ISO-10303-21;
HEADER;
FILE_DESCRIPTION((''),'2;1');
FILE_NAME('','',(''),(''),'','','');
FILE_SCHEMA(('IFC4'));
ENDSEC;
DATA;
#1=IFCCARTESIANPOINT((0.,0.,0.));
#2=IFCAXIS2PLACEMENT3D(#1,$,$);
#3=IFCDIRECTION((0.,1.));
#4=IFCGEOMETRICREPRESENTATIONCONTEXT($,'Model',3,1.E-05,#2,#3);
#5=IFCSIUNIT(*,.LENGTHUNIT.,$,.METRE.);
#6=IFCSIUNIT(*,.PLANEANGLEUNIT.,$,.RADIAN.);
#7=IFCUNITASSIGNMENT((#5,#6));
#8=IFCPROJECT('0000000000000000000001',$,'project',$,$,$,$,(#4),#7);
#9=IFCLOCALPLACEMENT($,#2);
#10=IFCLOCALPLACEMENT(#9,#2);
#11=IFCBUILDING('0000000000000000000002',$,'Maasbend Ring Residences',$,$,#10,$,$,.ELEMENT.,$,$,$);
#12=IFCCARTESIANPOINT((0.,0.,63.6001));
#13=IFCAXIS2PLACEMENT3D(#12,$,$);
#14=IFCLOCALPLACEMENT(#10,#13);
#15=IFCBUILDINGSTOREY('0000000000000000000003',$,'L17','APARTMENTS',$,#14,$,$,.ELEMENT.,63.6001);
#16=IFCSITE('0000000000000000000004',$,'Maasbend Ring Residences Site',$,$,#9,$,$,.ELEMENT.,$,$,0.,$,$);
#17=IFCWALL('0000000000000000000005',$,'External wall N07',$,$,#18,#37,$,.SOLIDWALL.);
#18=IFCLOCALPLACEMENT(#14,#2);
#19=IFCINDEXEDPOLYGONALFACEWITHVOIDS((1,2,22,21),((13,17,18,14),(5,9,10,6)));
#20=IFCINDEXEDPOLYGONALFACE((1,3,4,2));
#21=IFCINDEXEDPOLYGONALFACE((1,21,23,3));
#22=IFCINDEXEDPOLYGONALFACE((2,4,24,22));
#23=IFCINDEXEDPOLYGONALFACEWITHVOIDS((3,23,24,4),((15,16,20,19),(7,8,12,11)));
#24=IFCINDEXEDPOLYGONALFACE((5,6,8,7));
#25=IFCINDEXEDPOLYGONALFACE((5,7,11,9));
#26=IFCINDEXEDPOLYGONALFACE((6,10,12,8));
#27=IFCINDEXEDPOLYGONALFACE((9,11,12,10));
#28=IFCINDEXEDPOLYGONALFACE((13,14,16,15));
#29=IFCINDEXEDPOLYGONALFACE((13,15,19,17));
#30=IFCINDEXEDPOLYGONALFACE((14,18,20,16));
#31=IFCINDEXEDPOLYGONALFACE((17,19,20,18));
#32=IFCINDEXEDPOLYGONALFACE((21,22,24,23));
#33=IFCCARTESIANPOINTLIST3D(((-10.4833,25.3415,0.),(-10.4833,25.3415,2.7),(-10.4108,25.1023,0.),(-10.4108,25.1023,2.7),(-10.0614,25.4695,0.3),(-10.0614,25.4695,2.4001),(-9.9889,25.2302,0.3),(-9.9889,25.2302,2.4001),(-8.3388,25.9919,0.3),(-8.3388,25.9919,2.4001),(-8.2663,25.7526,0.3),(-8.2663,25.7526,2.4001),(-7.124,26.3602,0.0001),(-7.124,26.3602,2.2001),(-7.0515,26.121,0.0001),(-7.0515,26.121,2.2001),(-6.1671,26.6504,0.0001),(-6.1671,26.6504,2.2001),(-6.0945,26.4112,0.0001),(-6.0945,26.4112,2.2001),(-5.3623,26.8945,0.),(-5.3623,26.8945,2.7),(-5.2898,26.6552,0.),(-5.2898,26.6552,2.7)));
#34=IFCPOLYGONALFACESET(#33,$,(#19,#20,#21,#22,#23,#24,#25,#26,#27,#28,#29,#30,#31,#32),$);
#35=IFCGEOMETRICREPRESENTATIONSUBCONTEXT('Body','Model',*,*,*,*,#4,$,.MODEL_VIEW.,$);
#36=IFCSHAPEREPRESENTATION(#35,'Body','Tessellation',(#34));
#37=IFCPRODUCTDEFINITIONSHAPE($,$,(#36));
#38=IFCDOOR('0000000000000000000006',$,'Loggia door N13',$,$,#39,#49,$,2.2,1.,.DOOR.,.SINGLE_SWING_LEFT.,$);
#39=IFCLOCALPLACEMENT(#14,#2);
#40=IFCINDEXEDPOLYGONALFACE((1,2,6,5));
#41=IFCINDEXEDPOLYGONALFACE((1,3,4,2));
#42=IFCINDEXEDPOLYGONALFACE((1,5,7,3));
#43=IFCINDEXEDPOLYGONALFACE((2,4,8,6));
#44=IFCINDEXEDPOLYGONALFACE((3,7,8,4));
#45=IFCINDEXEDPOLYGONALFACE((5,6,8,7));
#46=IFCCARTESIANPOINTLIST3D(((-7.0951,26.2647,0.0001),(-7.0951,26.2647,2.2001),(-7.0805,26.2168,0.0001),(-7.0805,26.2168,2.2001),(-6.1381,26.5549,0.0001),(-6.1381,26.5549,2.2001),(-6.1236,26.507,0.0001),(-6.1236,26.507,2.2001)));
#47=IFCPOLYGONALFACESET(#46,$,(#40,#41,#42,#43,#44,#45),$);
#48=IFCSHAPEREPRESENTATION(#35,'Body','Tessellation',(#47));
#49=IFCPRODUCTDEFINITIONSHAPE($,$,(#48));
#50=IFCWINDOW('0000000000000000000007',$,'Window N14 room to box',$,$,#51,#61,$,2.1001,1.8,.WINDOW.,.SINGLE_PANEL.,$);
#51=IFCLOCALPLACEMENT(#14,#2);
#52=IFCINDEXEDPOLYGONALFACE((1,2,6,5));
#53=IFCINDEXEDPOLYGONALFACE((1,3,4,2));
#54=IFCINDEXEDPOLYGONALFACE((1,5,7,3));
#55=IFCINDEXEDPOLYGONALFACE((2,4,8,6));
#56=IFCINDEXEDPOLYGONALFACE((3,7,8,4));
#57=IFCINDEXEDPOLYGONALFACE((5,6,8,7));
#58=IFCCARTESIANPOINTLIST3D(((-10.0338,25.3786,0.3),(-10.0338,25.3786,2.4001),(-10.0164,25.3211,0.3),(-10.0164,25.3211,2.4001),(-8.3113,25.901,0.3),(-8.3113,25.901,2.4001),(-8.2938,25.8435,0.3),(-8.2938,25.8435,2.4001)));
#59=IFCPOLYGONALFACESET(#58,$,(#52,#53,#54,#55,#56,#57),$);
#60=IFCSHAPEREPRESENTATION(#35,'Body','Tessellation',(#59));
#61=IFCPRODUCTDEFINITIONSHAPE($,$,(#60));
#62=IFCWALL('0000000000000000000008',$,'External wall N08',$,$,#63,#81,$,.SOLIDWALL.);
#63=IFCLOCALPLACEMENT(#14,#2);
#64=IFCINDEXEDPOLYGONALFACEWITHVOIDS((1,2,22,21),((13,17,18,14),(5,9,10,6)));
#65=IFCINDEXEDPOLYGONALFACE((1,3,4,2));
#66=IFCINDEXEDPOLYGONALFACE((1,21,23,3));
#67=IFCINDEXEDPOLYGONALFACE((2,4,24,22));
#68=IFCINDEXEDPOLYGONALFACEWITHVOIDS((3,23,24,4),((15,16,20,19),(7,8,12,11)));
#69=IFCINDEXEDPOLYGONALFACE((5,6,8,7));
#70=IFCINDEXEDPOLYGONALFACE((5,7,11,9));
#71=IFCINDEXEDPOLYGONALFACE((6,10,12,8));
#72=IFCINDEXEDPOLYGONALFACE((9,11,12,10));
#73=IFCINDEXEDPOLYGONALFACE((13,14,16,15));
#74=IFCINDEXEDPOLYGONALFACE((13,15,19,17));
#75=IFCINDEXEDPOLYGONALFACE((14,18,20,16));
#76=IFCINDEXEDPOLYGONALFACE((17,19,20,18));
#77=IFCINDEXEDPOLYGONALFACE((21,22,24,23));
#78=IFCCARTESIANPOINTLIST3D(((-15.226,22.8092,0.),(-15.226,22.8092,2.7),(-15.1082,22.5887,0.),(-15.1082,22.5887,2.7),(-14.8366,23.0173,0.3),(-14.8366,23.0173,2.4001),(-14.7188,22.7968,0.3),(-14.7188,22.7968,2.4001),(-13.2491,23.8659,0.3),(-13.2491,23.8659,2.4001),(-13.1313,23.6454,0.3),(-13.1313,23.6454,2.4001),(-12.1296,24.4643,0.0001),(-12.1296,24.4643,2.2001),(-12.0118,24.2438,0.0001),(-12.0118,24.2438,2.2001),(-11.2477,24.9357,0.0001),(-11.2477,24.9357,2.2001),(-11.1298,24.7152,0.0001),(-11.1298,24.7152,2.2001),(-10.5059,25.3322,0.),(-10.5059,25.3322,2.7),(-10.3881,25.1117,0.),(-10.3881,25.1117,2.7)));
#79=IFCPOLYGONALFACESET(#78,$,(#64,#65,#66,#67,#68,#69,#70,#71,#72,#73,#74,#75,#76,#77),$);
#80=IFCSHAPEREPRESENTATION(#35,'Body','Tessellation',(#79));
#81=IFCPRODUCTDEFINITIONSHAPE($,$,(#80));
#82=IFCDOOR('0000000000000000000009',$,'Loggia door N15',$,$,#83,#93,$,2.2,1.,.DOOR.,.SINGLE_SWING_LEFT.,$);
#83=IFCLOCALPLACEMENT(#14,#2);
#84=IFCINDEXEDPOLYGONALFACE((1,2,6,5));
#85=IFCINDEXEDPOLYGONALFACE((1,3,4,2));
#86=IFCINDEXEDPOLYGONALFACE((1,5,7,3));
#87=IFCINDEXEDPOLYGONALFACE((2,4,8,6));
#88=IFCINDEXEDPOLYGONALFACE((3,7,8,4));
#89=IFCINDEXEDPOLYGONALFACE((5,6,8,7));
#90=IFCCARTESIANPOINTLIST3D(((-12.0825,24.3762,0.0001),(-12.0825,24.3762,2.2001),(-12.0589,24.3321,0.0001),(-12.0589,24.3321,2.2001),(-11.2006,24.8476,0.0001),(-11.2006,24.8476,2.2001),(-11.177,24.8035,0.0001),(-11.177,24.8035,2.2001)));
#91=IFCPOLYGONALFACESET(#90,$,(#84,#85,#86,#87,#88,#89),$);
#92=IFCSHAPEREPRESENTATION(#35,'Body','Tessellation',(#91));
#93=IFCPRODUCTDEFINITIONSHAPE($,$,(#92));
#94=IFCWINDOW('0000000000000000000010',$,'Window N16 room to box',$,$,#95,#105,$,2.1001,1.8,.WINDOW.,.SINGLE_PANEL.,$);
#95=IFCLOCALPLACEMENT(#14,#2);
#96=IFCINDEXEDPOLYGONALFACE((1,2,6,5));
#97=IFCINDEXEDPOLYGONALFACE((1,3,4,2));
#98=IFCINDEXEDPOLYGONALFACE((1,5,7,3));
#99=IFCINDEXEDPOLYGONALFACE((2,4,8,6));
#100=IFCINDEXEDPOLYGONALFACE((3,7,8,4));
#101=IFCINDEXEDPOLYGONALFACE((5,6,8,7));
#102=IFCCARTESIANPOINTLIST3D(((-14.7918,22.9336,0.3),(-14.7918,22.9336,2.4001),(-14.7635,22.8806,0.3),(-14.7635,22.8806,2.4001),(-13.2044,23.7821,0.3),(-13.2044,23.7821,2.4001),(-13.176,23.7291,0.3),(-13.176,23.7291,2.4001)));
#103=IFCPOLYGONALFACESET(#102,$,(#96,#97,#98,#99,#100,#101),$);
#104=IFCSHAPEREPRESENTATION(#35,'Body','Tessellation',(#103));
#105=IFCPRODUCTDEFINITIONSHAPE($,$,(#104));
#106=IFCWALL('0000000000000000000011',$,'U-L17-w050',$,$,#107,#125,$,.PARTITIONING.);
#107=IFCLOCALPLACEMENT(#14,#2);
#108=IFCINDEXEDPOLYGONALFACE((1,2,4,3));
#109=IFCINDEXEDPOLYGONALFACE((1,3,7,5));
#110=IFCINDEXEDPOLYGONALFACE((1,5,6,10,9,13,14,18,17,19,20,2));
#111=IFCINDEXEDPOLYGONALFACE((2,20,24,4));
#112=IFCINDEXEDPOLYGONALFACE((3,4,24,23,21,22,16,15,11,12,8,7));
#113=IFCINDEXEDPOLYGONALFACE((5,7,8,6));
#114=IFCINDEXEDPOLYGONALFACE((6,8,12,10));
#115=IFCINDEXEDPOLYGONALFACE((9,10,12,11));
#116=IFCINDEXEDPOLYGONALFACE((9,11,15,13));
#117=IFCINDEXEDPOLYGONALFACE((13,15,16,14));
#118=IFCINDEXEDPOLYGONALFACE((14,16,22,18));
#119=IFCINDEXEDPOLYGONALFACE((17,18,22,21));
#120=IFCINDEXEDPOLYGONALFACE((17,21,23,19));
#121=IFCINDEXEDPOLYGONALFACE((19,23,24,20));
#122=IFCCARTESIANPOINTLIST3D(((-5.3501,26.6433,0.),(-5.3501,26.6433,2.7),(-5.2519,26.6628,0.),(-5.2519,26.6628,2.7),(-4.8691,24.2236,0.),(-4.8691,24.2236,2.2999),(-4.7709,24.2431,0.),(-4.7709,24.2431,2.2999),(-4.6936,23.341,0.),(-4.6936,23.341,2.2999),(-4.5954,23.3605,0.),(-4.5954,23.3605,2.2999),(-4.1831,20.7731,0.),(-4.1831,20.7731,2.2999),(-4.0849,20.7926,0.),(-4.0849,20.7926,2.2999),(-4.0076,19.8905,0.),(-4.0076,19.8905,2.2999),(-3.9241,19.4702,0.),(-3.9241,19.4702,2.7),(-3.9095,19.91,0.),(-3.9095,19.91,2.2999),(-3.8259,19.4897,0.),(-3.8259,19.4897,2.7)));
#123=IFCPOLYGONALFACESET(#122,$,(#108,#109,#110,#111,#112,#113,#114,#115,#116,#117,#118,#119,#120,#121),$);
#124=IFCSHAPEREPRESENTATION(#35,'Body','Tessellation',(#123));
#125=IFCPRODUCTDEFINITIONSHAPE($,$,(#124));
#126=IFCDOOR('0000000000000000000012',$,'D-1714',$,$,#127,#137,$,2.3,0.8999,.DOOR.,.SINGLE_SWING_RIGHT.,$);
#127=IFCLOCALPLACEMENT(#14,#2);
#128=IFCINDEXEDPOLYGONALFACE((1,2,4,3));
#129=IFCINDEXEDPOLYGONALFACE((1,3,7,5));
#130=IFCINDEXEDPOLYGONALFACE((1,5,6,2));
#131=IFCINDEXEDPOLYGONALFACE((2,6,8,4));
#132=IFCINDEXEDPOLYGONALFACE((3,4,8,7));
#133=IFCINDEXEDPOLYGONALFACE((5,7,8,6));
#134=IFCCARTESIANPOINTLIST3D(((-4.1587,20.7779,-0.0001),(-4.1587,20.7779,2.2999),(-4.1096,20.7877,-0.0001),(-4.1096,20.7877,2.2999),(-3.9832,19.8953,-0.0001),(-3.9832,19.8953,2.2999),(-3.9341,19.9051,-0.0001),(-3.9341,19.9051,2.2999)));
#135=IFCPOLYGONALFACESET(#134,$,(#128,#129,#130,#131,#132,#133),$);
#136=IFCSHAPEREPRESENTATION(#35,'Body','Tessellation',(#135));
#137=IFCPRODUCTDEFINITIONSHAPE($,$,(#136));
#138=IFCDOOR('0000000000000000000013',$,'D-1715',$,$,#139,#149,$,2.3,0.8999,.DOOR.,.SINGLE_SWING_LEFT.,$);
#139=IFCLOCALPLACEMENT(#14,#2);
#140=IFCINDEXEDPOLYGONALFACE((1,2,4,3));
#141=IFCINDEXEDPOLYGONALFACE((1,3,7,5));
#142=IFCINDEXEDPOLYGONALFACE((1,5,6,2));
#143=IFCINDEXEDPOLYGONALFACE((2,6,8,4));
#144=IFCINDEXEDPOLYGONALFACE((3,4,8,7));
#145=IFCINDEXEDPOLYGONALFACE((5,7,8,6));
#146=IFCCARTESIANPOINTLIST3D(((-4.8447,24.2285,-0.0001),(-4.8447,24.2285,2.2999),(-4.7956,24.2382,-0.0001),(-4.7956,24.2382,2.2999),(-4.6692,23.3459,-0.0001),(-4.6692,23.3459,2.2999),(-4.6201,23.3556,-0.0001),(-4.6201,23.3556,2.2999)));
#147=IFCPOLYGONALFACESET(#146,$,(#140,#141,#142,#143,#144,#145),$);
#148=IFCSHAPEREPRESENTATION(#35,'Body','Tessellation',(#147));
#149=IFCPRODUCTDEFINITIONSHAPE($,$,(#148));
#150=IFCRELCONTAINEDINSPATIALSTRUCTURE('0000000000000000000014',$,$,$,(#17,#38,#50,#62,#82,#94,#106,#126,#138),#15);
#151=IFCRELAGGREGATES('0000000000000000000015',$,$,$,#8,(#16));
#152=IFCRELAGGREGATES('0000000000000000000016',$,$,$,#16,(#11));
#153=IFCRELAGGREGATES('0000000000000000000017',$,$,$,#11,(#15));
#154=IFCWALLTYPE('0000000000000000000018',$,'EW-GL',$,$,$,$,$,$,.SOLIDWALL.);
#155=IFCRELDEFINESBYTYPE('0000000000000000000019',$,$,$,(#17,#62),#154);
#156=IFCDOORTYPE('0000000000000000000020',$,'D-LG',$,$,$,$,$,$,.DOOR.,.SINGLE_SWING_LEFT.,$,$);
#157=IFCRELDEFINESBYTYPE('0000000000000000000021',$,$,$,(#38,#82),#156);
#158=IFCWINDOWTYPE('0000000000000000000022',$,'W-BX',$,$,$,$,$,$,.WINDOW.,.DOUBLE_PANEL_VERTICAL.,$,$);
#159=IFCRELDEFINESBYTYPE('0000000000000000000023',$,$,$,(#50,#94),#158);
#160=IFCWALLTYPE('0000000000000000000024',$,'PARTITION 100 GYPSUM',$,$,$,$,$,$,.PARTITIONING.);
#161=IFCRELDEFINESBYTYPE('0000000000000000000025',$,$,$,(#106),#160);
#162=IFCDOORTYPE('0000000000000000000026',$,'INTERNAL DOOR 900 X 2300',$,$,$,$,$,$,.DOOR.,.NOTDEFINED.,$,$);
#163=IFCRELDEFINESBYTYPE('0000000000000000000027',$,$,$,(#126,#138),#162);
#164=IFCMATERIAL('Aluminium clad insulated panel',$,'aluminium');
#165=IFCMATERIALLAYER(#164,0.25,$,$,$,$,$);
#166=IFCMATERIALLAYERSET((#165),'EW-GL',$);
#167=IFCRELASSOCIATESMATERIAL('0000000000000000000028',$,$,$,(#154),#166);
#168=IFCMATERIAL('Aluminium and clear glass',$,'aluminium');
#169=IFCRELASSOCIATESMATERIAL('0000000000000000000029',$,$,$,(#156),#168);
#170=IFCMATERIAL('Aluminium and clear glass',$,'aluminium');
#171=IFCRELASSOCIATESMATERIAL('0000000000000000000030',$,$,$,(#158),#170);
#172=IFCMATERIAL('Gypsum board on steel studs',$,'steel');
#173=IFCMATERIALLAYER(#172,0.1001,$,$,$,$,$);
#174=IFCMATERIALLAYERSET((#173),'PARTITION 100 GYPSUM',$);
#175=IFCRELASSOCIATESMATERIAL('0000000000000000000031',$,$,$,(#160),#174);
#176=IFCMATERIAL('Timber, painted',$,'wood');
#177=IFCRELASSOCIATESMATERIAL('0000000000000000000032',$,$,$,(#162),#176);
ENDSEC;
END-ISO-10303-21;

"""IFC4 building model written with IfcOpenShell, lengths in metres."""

from ifc_helpers import new_model, si_unit, direction, frame, frame_2d, origin, place, context, subcontext, project, spatial, rectangle, extrude, material, layer, layer_set, type_object, element, fill, save


model = new_model("IFC4")

# Units and contexts
model_context = context("Model", 3, precision=1e-05, world=origin(), true_north=direction((0.0, 1.0)))
body_context = subcontext(model_context, "Body", "Model", "MODEL_VIEW")
ifc_project = project(units=[si_unit("LENGTHUNIT", "METRE"), si_unit("PLANEANGLEUNIT", "RADIAN")], contexts=[model_context])

# Site, building, storey
site_placement = place(None, origin())
site = spatial("IfcSite", under=ifc_project, at=site_placement, Name="Maasbend Ring Residences Site", CompositionType="ELEMENT", RefElevation=0.0)
building_placement = place(site_placement, origin())
building = spatial("IfcBuilding", under=site, at=building_placement, Name="Maasbend Ring Residences", CompositionType="ELEMENT")
storey_placement = place(building_placement, frame((0.0, 0.0, 63.6001)))
storey = spatial("IfcBuildingStorey", under=building, at=storey_placement, Name="L17", Description="APARTMENTS", CompositionType="ELEMENT", Elevation=63.6001)

# Walls, openings, doors, windows
ifc_material_1 = material(Name="Aluminium clad insulated panel", Category="aluminium")
ifc_layer_1 = layer(ifc_material_1, 0.25)
ifc_layer_set_1 = layer_set([ifc_layer_1], Name="EW-GL")
wall_type_1 = type_object("IfcWallType", Name="EW-GL", PredefinedType="SOLIDWALL", material=ifc_layer_set_1)
wall_1_placement = place(storey_placement, frame((-5.3259, 26.7749, 0.0), z_axis=(0.0, 0.0, 1.0), x_axis=(-0.956966, -0.290201, 0.0)))
wall_1 = element("IfcWall", 1, at=wall_1_placement, inside=storey, type_object=wall_type_1, Name="External wall N07", PredefinedType="SOLIDWALL", context=body_context, shape_type="SweptSolid", body=[
    extrude(rectangle(XDim=5.3513, YDim=0.25, at=frame_2d((2.6758, 0.0))), origin(), (0.0, 0.0, 1.0), 2.7),
])
opening_1_placement = place(wall_1_placement, frame((0.8411, 0.0, 0.0)))
opening_1 = element("IfcOpeningElement", 2, at=opening_1_placement, cuts=wall_1, PredefinedType="OPENING", context=body_context, shape_type="SweptSolid", body=[
    extrude(rectangle(XDim=1.0, YDim=2.2, at=frame_2d((0.5, 1.1001))), frame((0.0, 0.135, 0.0), z_axis=(0.0, -1.0, 0.0), x_axis=(1.0, 0.0, 0.0)), (0.0, 0.0, 1.0), 0.27),
])
opening_2_placement = place(wall_1_placement, frame((3.1106, 0.0, 0.3)))
opening_2 = element("IfcOpeningElement", 3, at=opening_2_placement, cuts=wall_1, PredefinedType="OPENING", context=body_context, shape_type="SweptSolid", body=[
    extrude(rectangle(XDim=1.8, YDim=2.1001, at=frame_2d((0.8999, 1.05))), frame((0.0, 0.135, 0.0), z_axis=(0.0, -1.0, 0.0), x_axis=(1.0, 0.0, 0.0)), (0.0, 0.0, 1.0), 0.27),
])
ifc_material_2 = material(Name="Aluminium and clear glass", Category="aluminium")
door_type_1 = type_object("IfcDoorType", Name="D-LG", OperationType="SINGLE_SWING_LEFT", PredefinedType="DOOR", material=ifc_material_2)
door_1_placement = place(opening_1_placement, origin())
door_1 = element("IfcDoor", 4, at=door_1_placement, inside=storey, type_object=door_type_1, Name="Loggia door N13", OperationType="SINGLE_SWING_LEFT", OverallHeight=2.2, OverallWidth=1.0, PredefinedType="DOOR", context=body_context, shape_type="SweptSolid", body=[
    extrude(rectangle(XDim=1.0, YDim=2.2, at=frame_2d((0.5, 1.1001))), frame((0.0, 0.0249, 0.0), z_axis=(0.0, -1.0, 0.0), x_axis=(1.0, 0.0, 0.0)), (0.0, 0.0, 1.0), 0.05),
])
fill(opening_1, door_1)
ifc_material_3 = material(Name="Aluminium and clear glass", Category="aluminium")
window_type_1 = type_object("IfcWindowType", Name="W-BX", PartitioningType="DOUBLE_PANEL_VERTICAL", PredefinedType="WINDOW", material=ifc_material_3)
window_1_placement = place(opening_2_placement, origin())
window_1 = element("IfcWindow", 5, at=window_1_placement, inside=storey, type_object=window_type_1, Name="Window N14 room to box", OverallHeight=2.1001, OverallWidth=1.8, PartitioningType="SINGLE_PANEL", PredefinedType="WINDOW", context=body_context, shape_type="SweptSolid", body=[
    extrude(rectangle(XDim=1.8, YDim=2.1001, at=frame_2d((0.8999, 1.05))), frame((0.0, 0.03, 0.0), z_axis=(0.0, -1.0, 0.0), x_axis=(1.0, 0.0, 0.0)), (0.0, 0.0, 1.0), 0.0601),
])
fill(opening_2, window_1)
wall_2_placement = place(storey_placement, frame((-10.447, 25.2219, 0.0), z_axis=(0.0, 0.0, 1.0), x_axis=(-0.881916, -0.471407, 0.0)))
wall_2 = element("IfcWall", 6, at=wall_2_placement, inside=storey, type_object=wall_type_1, Name="External wall N08", PredefinedType="SOLIDWALL", context=body_context, shape_type="SweptSolid", body=[
    extrude(rectangle(XDim=5.3521, YDim=0.25, at=frame_2d((2.676, 0.0))), origin(), (0.0, 0.0, 1.0), 2.7),
])
opening_3_placement = place(wall_2_placement, frame((0.8411, 0.0, 0.0)))
opening_3 = element("IfcOpeningElement", 7, at=opening_3_placement, cuts=wall_2, PredefinedType="OPENING", context=body_context, shape_type="SweptSolid", body=[
    extrude(rectangle(XDim=1.0, YDim=2.2, at=frame_2d((0.5, 1.1001))), frame((0.0, 0.135, 0.0), z_axis=(0.0, -1.0, 0.0), x_axis=(1.0, 0.0, 0.0)), (0.0, 0.0, 1.0), 0.27),
])
opening_4_placement = place(wall_2_placement, frame((3.1106, 0.0, 0.3)))
opening_4 = element("IfcOpeningElement", 8, at=opening_4_placement, cuts=wall_2, PredefinedType="OPENING", context=body_context, shape_type="SweptSolid", body=[
    extrude(rectangle(XDim=1.8, YDim=2.1001, at=frame_2d((0.8999, 1.05))), frame((0.0, 0.135, 0.0), z_axis=(0.0, -1.0, 0.0), x_axis=(1.0, 0.0, 0.0)), (0.0, 0.0, 1.0), 0.27),
])
door_2_placement = place(opening_3_placement, origin())
door_2 = element("IfcDoor", 9, at=door_2_placement, inside=storey, type_object=door_type_1, Name="Loggia door N15", OperationType="SINGLE_SWING_LEFT", OverallHeight=2.2, OverallWidth=1.0, PredefinedType="DOOR", context=body_context, shape_type="SweptSolid", body=[
    extrude(rectangle(XDim=1.0, YDim=2.2, at=frame_2d((0.5, 1.1001))), frame((0.0, 0.0249, 0.0), z_axis=(0.0, -1.0, 0.0), x_axis=(1.0, 0.0, 0.0)), (0.0, 0.0, 1.0), 0.05),
])
fill(opening_3, door_2)
window_2_placement = place(opening_4_placement, origin())
window_2 = element("IfcWindow", 10, at=window_2_placement, inside=storey, type_object=window_type_1, Name="Window N16 room to box", OverallHeight=2.1001, OverallWidth=1.8, PartitioningType="SINGLE_PANEL", PredefinedType="WINDOW", context=body_context, shape_type="SweptSolid", body=[
    extrude(rectangle(XDim=1.8, YDim=2.1001, at=frame_2d((0.8999, 1.05))), frame((0.0, 0.03, 0.0), z_axis=(0.0, -1.0, 0.0), x_axis=(1.0, 0.0, 0.0)), (0.0, 0.0, 1.0), 0.0601),
])
fill(opening_4, window_2)

# Wall, openings, doors
ifc_material_4 = material(Name="Gypsum board on steel studs", Category="steel")
ifc_layer_2 = layer(ifc_material_4, 0.1001)
ifc_layer_set_2 = layer_set([ifc_layer_2], Name="PARTITION 100 GYPSUM")
wall_type_2 = type_object("IfcWallType", Name="PARTITION 100 GYPSUM", PredefinedType="PARTITIONING", material=ifc_layer_set_2)
wall_3_placement = place(storey_placement, frame((-5.301, 26.6531, 0.0), z_axis=(0.0, 0.0, 1.0), x_axis=(0.194986, -0.980806, 0.0)))
wall_3 = element("IfcWall", 11, at=wall_3_placement, inside=storey, type_object=wall_type_2, Name="U-L17-w050", PredefinedType="PARTITIONING", context=body_context, shape_type="SweptSolid", body=[
    extrude(rectangle(XDim=7.3135, YDim=0.1001, at=frame_2d((3.6567, 0.0))), origin(), (0.0, 0.0, 1.0), 2.7),
])
opening_5_placement = place(wall_3_placement, frame((5.9851, 0.0, 0.0)))
opening_5 = element("IfcOpeningElement", 12, at=opening_5_placement, cuts=wall_3, PredefinedType="OPENING", context=body_context, shape_type="SweptSolid", body=[
    extrude(rectangle(XDim=0.8999, YDim=2.3, at=frame_2d((0.45, 1.1499))), frame((0.0, 0.0601, 0.0), z_axis=(0.0, -1.0, 0.0), x_axis=(1.0, 0.0, 0.0)), (0.0, 0.0, 1.0), 0.1201),
])
opening_6_placement = place(wall_3_placement, frame((2.467, 0.0, 0.0)))
opening_6 = element("IfcOpeningElement", 13, at=opening_6_placement, cuts=wall_3, PredefinedType="OPENING", context=body_context, shape_type="SweptSolid", body=[
    extrude(rectangle(XDim=0.8999, YDim=2.3, at=frame_2d((0.45, 1.1499))), frame((0.0, 0.0601, 0.0), z_axis=(0.0, -1.0, 0.0), x_axis=(1.0, 0.0, 0.0)), (0.0, 0.0, 1.0), 0.1201),
])
ifc_material_5 = material(Name="Timber, painted", Category="wood")
door_type_2 = type_object("IfcDoorType", Name="INTERNAL DOOR 900 X 2300", OperationType="NOTDEFINED", PredefinedType="DOOR", material=ifc_material_5)
door_3_placement = place(opening_5_placement, origin())
door_3 = element("IfcDoor", 14, at=door_3_placement, inside=storey, type_object=door_type_2, Name="D-1714", OperationType="SINGLE_SWING_RIGHT", OverallHeight=2.3, OverallWidth=0.8999, PredefinedType="DOOR", context=body_context, shape_type="SweptSolid", body=[
    extrude(rectangle(XDim=0.8999, YDim=2.3, at=frame_2d((0.45, 1.1499))), frame((0.0, 0.0249, 0.0), z_axis=(0.0, -1.0, 0.0), x_axis=(1.0, 0.0, 0.0)), (0.0, 0.0, 1.0), 0.05),
])
fill(opening_5, door_3)
door_4_placement = place(opening_6_placement, origin())
door_4 = element("IfcDoor", 15, at=door_4_placement, inside=storey, type_object=door_type_2, Name="D-1715", OperationType="SINGLE_SWING_LEFT", OverallHeight=2.3, OverallWidth=0.8999, PredefinedType="DOOR", context=body_context, shape_type="SweptSolid", body=[
    extrude(rectangle(XDim=0.8999, YDim=2.3, at=frame_2d((0.45, 1.1499))), frame((0.0, 0.0249, 0.0), z_axis=(0.0, -1.0, 0.0), x_axis=(1.0, 0.0, 0.0)), (0.0, 0.0, 1.0), 0.05),
])
fill(opening_6, door_4)

save(model, "model.ifc")
